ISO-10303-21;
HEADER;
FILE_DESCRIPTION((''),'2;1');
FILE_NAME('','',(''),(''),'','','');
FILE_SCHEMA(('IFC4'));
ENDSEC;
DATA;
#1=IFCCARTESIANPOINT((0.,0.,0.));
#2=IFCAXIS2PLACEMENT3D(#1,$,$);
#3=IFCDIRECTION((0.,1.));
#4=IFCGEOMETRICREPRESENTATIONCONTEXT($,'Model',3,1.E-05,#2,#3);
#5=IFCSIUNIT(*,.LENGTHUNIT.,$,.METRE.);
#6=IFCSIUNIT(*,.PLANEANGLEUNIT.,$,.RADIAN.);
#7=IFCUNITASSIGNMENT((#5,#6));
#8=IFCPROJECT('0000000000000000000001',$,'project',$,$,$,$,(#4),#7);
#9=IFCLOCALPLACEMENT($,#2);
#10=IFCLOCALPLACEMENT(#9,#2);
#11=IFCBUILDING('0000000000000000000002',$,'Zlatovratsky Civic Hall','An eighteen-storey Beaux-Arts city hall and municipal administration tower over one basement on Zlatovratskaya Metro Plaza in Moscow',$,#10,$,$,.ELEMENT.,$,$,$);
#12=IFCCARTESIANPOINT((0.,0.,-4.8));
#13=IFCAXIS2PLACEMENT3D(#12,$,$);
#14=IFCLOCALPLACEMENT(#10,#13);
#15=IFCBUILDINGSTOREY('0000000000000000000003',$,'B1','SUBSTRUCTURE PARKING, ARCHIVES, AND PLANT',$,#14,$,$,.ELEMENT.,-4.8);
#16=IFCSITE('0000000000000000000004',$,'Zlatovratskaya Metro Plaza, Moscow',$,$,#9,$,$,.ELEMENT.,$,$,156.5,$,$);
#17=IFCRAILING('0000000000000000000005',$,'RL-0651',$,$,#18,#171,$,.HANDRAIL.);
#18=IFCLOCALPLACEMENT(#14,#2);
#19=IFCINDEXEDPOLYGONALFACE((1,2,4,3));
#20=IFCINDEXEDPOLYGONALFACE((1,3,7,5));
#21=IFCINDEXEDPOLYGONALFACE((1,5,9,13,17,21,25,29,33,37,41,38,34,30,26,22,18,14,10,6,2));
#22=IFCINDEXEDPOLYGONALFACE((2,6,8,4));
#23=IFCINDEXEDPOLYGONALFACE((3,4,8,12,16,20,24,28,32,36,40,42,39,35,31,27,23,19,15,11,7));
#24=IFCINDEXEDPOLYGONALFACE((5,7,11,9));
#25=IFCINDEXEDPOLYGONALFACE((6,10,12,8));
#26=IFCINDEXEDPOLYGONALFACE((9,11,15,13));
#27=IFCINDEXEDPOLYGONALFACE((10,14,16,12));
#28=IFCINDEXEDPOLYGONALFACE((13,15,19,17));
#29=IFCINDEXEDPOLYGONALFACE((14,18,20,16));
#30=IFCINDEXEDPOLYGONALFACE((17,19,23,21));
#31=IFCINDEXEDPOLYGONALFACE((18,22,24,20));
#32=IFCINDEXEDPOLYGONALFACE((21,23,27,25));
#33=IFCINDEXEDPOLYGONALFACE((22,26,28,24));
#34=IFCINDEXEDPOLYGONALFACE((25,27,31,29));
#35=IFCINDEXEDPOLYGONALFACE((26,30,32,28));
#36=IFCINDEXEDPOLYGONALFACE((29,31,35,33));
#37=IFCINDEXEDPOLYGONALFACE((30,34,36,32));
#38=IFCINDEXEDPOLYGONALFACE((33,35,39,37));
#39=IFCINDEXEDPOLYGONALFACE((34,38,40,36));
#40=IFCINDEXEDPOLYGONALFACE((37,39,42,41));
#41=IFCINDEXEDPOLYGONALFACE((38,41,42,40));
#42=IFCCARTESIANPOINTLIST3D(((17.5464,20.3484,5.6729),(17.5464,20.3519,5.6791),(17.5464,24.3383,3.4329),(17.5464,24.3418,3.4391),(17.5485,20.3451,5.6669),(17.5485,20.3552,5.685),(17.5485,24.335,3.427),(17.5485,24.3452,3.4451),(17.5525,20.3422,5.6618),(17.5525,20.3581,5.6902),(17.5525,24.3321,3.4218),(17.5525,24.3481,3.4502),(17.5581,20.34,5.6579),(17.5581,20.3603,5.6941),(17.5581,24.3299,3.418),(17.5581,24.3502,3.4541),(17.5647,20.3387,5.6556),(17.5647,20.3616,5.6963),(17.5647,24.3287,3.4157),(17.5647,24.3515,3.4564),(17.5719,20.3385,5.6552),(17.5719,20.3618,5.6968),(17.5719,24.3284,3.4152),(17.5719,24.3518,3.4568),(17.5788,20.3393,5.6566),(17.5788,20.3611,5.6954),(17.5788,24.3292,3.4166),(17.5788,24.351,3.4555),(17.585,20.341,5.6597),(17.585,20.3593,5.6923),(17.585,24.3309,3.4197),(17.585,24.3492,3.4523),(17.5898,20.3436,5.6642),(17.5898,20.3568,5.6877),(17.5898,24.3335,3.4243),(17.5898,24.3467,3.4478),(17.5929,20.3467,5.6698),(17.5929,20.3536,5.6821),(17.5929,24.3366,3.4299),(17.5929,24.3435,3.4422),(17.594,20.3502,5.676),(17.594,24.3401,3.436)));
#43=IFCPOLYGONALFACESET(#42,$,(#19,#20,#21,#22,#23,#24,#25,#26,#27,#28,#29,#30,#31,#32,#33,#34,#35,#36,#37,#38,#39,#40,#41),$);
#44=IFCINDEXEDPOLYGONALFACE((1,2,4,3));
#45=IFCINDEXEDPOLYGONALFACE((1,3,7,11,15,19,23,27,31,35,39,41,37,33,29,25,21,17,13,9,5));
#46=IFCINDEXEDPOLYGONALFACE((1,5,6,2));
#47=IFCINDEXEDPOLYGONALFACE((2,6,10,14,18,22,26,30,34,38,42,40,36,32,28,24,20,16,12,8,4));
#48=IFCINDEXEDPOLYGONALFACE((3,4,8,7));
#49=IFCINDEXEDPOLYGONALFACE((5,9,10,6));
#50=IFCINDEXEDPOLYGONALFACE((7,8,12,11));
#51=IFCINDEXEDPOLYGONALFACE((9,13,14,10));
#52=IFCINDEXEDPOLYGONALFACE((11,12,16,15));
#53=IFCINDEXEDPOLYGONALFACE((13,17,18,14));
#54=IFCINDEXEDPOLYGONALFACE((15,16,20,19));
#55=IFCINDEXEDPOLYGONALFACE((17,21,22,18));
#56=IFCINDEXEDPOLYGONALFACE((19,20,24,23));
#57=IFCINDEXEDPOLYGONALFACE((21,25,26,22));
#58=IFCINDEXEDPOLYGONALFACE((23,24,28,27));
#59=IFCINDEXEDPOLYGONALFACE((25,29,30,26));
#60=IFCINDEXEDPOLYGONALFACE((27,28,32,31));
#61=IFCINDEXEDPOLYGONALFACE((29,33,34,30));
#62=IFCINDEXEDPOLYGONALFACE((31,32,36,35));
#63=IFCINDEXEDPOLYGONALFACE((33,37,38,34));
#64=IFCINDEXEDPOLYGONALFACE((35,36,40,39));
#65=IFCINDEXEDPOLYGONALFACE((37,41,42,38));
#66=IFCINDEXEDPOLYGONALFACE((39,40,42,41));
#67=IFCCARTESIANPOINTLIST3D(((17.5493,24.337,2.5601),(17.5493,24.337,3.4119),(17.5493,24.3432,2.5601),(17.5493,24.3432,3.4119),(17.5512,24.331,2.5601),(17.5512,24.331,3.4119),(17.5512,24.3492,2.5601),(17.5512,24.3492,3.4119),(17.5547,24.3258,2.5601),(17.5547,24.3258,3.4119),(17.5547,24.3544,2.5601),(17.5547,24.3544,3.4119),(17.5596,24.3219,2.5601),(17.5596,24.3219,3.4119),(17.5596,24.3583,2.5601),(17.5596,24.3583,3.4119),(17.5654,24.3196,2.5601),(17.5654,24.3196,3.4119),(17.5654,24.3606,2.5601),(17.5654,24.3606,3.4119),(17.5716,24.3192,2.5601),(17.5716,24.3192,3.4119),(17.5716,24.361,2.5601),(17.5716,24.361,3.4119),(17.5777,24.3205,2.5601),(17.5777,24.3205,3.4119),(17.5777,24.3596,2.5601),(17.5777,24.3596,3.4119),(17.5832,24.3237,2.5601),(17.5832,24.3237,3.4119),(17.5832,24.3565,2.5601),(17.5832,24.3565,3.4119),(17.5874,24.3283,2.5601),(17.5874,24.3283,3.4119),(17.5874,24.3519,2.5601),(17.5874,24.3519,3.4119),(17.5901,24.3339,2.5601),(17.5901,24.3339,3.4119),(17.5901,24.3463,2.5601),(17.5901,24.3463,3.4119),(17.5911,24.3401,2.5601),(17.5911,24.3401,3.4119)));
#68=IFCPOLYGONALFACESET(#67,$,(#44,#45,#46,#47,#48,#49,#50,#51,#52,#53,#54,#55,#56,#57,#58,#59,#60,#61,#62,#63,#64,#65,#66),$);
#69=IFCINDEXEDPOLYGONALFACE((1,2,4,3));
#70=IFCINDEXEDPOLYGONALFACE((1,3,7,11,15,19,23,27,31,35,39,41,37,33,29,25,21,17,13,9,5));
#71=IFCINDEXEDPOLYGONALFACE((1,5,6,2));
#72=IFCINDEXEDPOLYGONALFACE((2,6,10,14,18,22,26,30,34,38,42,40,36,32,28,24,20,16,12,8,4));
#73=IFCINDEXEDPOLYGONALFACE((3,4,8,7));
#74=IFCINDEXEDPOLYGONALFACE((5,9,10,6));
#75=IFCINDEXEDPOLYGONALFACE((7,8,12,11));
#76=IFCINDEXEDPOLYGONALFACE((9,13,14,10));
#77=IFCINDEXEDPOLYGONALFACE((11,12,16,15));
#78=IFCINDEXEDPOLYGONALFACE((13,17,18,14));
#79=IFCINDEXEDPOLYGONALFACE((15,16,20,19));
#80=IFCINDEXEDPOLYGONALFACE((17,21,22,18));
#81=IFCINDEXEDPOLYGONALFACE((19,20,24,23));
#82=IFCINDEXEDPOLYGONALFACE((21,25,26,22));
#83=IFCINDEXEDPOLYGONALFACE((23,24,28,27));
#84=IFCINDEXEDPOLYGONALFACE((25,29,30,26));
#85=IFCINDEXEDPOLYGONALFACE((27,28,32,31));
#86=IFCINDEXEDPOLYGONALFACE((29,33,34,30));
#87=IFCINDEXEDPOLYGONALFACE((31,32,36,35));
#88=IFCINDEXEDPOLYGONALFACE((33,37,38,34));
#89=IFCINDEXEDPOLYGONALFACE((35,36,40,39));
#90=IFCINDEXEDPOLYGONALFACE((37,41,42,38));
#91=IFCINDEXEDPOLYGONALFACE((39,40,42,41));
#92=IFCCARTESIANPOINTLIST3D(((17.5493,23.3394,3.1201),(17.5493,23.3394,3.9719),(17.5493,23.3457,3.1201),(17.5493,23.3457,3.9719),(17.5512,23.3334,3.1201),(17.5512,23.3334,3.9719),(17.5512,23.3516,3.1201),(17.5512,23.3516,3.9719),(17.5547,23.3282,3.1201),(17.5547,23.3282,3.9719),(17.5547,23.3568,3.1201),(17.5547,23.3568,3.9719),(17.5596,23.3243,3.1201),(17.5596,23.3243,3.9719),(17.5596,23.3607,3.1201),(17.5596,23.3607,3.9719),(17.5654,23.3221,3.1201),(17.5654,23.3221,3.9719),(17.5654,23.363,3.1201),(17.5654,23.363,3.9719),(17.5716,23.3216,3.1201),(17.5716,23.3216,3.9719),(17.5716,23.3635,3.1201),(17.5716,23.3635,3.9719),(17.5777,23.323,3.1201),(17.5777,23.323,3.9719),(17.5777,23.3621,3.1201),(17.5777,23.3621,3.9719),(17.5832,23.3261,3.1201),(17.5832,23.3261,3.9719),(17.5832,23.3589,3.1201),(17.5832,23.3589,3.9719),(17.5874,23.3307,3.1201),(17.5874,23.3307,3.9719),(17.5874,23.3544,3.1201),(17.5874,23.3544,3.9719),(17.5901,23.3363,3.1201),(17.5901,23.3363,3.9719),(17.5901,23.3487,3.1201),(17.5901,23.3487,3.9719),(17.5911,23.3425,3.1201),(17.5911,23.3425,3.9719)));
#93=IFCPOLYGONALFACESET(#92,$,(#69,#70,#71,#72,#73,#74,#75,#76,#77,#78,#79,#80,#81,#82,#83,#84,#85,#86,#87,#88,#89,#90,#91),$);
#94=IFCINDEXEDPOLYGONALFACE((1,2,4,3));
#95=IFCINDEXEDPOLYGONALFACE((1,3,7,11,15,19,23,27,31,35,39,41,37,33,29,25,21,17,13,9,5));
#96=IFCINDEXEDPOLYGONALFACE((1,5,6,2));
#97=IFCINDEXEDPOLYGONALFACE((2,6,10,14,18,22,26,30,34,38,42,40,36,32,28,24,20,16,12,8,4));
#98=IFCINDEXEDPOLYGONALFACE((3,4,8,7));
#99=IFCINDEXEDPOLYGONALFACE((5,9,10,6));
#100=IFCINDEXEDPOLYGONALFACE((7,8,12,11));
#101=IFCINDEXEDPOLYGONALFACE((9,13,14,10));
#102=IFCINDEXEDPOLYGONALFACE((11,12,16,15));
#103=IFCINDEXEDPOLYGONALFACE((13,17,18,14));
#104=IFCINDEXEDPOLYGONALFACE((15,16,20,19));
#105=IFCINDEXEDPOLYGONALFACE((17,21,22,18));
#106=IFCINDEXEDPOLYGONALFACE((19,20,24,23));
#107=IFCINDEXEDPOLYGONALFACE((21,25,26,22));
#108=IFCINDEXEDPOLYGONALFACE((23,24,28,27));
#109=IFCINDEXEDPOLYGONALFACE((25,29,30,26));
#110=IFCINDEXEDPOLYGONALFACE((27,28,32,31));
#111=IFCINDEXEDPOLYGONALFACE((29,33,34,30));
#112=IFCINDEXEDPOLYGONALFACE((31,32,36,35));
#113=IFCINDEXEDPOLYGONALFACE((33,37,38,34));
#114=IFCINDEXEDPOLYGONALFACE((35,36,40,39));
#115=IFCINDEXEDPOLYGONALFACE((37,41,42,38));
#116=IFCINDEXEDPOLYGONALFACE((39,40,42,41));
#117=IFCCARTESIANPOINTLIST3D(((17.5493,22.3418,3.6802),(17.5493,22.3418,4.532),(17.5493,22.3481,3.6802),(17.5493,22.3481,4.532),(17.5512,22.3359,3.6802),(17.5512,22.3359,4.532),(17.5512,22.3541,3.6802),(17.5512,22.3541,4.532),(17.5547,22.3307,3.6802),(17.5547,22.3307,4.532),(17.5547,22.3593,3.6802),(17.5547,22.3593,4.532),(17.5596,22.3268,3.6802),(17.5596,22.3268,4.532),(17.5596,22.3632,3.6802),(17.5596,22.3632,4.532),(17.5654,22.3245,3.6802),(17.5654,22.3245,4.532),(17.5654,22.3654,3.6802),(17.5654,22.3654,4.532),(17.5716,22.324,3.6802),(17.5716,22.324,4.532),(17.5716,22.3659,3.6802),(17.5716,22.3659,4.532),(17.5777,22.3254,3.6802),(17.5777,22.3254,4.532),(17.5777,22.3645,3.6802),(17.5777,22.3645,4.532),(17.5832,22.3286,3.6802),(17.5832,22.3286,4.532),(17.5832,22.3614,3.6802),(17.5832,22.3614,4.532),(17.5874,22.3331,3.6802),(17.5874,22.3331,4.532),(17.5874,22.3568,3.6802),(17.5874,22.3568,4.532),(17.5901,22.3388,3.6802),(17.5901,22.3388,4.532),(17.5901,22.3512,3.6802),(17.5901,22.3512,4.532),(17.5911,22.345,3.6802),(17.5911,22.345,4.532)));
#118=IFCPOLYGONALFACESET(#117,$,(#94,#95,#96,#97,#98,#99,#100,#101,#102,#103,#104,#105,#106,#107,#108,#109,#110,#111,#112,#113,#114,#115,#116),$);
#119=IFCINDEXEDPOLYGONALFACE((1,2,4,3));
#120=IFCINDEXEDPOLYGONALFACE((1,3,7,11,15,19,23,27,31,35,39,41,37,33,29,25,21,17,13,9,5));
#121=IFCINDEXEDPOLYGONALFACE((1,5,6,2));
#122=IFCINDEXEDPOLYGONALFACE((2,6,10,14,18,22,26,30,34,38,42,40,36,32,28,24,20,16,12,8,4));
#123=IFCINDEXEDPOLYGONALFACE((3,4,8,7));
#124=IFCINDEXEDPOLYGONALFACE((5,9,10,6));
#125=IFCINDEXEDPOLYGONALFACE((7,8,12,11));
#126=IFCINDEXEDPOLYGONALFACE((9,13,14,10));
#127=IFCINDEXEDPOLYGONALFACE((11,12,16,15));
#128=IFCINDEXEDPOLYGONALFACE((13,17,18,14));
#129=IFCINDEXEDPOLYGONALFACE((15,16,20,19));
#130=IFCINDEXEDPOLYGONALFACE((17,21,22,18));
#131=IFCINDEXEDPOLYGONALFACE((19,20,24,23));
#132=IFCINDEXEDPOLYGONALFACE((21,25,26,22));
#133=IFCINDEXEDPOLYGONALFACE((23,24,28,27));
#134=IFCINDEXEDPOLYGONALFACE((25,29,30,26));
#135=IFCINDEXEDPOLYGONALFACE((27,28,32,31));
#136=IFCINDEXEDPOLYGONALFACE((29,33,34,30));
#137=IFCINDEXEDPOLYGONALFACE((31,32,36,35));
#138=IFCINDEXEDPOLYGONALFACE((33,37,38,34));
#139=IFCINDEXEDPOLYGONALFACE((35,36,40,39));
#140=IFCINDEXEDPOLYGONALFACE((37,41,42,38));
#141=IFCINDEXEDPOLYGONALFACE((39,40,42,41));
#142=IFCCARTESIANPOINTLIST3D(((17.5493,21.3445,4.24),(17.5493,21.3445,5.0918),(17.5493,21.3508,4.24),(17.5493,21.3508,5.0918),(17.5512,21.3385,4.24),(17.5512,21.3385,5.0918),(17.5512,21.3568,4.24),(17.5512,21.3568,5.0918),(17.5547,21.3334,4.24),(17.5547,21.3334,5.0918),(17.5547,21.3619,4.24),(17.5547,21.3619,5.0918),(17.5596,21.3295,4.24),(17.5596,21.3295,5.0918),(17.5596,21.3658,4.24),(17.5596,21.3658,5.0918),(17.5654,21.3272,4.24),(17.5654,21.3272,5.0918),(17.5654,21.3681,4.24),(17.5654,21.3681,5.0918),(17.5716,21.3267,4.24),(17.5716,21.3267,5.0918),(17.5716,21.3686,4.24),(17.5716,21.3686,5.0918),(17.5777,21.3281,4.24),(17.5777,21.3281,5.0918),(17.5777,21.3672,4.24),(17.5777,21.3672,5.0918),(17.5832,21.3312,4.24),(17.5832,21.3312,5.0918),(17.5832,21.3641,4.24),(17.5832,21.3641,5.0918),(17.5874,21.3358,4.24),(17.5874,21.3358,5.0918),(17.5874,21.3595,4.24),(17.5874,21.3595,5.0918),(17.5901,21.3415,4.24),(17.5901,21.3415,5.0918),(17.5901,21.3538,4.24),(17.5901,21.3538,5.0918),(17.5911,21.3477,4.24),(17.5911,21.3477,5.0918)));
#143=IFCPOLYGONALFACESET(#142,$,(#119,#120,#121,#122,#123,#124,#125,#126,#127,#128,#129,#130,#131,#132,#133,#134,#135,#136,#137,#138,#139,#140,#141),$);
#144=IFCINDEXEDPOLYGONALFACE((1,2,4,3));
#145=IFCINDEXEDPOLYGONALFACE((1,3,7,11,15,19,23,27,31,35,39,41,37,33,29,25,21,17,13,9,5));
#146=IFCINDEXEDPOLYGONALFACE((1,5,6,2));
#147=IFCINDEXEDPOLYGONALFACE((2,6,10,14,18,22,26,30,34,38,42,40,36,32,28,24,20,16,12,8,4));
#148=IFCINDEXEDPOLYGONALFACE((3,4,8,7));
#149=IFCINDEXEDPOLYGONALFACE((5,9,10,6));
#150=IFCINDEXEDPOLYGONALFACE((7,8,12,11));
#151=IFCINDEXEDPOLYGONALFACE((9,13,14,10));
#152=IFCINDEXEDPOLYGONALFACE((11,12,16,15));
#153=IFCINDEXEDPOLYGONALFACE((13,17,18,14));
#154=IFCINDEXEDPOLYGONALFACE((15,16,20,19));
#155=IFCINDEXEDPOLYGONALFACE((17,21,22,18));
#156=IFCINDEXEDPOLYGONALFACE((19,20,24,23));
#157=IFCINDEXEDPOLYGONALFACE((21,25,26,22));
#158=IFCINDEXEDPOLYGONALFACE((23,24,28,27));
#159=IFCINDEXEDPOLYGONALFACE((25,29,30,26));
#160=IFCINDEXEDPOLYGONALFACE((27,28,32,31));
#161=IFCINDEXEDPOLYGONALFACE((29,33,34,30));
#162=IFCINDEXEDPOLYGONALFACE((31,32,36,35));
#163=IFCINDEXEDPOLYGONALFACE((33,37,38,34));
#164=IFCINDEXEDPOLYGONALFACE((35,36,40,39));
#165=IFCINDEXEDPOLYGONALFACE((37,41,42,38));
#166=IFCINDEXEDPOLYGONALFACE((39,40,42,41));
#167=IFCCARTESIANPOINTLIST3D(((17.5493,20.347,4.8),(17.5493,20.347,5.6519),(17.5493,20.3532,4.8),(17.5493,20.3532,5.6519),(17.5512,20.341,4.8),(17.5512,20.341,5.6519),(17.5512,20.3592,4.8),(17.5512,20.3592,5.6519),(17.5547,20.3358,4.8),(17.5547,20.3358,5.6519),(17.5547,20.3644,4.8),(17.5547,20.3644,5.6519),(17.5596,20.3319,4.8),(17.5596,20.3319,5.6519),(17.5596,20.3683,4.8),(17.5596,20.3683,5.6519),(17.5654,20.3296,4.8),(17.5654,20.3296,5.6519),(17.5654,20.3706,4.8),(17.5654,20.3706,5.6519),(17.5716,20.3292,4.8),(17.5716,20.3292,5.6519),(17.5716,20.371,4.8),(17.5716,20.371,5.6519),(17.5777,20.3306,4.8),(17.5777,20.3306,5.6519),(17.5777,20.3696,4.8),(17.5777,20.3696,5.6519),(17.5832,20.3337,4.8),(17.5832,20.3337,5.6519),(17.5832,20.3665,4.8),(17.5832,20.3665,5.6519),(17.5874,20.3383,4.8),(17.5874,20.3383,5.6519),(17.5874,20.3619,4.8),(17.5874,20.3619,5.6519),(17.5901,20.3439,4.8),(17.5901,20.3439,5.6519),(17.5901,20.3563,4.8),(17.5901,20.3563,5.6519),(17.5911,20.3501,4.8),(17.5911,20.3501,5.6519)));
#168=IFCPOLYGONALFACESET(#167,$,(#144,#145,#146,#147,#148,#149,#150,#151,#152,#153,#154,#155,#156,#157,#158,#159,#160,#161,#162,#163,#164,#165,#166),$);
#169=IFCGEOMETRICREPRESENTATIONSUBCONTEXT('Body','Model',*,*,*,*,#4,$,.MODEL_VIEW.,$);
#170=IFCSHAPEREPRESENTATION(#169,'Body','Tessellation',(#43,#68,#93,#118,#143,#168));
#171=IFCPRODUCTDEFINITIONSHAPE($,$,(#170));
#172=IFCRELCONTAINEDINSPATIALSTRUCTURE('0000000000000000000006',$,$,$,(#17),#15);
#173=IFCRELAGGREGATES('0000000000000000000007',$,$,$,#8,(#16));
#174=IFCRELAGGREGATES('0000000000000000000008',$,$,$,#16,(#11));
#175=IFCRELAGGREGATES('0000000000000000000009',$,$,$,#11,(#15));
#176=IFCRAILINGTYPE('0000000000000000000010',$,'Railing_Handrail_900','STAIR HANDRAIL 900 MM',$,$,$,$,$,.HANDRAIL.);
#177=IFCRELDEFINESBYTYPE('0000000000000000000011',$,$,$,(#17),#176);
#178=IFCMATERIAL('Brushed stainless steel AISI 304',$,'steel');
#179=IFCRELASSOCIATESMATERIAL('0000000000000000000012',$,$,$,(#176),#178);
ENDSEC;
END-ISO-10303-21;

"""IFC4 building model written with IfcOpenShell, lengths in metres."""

from ifc_helpers import new_model, si_unit, direction, frame, origin, origin_2d, place, context, subcontext, project, spatial, circle, extrude, material, type_object, element, save


model = new_model("IFC4")

# Units and contexts
model_context = context("Model", 3, precision=1e-05, world=origin(), true_north=direction((0.0, 1.0)))
body_context = subcontext(model_context, "Body", "Model", "MODEL_VIEW")
ifc_project = project(units=[si_unit("LENGTHUNIT", "METRE"), si_unit("PLANEANGLEUNIT", "RADIAN")], contexts=[model_context])

# Site, building, storey
site_placement = place(None, origin())
site = spatial("IfcSite", under=ifc_project, at=site_placement, Name="Zlatovratskaya Metro Plaza, Moscow", CompositionType="ELEMENT", RefElevation=156.5)
building_placement = place(site_placement, origin())
building = spatial("IfcBuilding", under=site, at=building_placement, Name="Zlatovratsky Civic Hall", Description="An eighteen-storey Beaux-Arts city hall and municipal administration tower over one basement on Zlatovratskaya Metro Plaza in Moscow", CompositionType="ELEMENT")
storey_placement = place(building_placement, frame((0.0, 0.0, -4.8)))
storey = spatial("IfcBuildingStorey", under=building, at=storey_placement, Name="B1", Description="SUBSTRUCTURE PARKING, ARCHIVES, AND PLANT", CompositionType="ELEMENT", Elevation=-4.8)

# Railing
ifc_material_1 = material(Name="Brushed stainless steel AISI 304", Category="steel")
railing_type = type_object("IfcRailingType", Name="Railing_Handrail_900", Description="STAIR HANDRAIL 900 MM", PredefinedType="HANDRAIL", material=ifc_material_1)
railing_placement = place(storey_placement, frame((17.5701, 24.3401, 2.5601)))
element("IfcRailing", 1, at=railing_placement, inside=storey, type_object=railing_type, Name="RL-0651", PredefinedType="HANDRAIL", context=body_context, shape_type="SweptSolid", body=[
    extrude(circle(Radius=0.0239, at=origin_2d()), frame((0.0, 0.0, 0.876), z_axis=(0.0, -0.871984, 0.489534), x_axis=(1.0, 0.0, 0.0)), (0.0, 0.0, 1.0), 4.5757),
    extrude(circle(Radius=0.021, at=origin_2d()), origin(), (0.0, 0.0, 1.0), 0.8518),
    extrude(circle(Radius=0.021, at=origin_2d()), frame((0.0, -0.9976, 0.5601)), (0.0, 0.0, 1.0), 0.8518),
    extrude(circle(Radius=0.021, at=origin_2d()), frame((0.0, -1.9951, 1.1201)), (0.0, 0.0, 1.0), 0.8518),
    extrude(circle(Radius=0.021, at=origin_2d()), frame((0.0, -2.9924, 1.6799)), (0.0, 0.0, 1.0), 0.8518),
    extrude(circle(Radius=0.021, at=origin_2d()), frame((0.0, -3.99, 2.24)), (0.0, 0.0, 1.0), 0.8518),
])

save(model, "model.ifc")
